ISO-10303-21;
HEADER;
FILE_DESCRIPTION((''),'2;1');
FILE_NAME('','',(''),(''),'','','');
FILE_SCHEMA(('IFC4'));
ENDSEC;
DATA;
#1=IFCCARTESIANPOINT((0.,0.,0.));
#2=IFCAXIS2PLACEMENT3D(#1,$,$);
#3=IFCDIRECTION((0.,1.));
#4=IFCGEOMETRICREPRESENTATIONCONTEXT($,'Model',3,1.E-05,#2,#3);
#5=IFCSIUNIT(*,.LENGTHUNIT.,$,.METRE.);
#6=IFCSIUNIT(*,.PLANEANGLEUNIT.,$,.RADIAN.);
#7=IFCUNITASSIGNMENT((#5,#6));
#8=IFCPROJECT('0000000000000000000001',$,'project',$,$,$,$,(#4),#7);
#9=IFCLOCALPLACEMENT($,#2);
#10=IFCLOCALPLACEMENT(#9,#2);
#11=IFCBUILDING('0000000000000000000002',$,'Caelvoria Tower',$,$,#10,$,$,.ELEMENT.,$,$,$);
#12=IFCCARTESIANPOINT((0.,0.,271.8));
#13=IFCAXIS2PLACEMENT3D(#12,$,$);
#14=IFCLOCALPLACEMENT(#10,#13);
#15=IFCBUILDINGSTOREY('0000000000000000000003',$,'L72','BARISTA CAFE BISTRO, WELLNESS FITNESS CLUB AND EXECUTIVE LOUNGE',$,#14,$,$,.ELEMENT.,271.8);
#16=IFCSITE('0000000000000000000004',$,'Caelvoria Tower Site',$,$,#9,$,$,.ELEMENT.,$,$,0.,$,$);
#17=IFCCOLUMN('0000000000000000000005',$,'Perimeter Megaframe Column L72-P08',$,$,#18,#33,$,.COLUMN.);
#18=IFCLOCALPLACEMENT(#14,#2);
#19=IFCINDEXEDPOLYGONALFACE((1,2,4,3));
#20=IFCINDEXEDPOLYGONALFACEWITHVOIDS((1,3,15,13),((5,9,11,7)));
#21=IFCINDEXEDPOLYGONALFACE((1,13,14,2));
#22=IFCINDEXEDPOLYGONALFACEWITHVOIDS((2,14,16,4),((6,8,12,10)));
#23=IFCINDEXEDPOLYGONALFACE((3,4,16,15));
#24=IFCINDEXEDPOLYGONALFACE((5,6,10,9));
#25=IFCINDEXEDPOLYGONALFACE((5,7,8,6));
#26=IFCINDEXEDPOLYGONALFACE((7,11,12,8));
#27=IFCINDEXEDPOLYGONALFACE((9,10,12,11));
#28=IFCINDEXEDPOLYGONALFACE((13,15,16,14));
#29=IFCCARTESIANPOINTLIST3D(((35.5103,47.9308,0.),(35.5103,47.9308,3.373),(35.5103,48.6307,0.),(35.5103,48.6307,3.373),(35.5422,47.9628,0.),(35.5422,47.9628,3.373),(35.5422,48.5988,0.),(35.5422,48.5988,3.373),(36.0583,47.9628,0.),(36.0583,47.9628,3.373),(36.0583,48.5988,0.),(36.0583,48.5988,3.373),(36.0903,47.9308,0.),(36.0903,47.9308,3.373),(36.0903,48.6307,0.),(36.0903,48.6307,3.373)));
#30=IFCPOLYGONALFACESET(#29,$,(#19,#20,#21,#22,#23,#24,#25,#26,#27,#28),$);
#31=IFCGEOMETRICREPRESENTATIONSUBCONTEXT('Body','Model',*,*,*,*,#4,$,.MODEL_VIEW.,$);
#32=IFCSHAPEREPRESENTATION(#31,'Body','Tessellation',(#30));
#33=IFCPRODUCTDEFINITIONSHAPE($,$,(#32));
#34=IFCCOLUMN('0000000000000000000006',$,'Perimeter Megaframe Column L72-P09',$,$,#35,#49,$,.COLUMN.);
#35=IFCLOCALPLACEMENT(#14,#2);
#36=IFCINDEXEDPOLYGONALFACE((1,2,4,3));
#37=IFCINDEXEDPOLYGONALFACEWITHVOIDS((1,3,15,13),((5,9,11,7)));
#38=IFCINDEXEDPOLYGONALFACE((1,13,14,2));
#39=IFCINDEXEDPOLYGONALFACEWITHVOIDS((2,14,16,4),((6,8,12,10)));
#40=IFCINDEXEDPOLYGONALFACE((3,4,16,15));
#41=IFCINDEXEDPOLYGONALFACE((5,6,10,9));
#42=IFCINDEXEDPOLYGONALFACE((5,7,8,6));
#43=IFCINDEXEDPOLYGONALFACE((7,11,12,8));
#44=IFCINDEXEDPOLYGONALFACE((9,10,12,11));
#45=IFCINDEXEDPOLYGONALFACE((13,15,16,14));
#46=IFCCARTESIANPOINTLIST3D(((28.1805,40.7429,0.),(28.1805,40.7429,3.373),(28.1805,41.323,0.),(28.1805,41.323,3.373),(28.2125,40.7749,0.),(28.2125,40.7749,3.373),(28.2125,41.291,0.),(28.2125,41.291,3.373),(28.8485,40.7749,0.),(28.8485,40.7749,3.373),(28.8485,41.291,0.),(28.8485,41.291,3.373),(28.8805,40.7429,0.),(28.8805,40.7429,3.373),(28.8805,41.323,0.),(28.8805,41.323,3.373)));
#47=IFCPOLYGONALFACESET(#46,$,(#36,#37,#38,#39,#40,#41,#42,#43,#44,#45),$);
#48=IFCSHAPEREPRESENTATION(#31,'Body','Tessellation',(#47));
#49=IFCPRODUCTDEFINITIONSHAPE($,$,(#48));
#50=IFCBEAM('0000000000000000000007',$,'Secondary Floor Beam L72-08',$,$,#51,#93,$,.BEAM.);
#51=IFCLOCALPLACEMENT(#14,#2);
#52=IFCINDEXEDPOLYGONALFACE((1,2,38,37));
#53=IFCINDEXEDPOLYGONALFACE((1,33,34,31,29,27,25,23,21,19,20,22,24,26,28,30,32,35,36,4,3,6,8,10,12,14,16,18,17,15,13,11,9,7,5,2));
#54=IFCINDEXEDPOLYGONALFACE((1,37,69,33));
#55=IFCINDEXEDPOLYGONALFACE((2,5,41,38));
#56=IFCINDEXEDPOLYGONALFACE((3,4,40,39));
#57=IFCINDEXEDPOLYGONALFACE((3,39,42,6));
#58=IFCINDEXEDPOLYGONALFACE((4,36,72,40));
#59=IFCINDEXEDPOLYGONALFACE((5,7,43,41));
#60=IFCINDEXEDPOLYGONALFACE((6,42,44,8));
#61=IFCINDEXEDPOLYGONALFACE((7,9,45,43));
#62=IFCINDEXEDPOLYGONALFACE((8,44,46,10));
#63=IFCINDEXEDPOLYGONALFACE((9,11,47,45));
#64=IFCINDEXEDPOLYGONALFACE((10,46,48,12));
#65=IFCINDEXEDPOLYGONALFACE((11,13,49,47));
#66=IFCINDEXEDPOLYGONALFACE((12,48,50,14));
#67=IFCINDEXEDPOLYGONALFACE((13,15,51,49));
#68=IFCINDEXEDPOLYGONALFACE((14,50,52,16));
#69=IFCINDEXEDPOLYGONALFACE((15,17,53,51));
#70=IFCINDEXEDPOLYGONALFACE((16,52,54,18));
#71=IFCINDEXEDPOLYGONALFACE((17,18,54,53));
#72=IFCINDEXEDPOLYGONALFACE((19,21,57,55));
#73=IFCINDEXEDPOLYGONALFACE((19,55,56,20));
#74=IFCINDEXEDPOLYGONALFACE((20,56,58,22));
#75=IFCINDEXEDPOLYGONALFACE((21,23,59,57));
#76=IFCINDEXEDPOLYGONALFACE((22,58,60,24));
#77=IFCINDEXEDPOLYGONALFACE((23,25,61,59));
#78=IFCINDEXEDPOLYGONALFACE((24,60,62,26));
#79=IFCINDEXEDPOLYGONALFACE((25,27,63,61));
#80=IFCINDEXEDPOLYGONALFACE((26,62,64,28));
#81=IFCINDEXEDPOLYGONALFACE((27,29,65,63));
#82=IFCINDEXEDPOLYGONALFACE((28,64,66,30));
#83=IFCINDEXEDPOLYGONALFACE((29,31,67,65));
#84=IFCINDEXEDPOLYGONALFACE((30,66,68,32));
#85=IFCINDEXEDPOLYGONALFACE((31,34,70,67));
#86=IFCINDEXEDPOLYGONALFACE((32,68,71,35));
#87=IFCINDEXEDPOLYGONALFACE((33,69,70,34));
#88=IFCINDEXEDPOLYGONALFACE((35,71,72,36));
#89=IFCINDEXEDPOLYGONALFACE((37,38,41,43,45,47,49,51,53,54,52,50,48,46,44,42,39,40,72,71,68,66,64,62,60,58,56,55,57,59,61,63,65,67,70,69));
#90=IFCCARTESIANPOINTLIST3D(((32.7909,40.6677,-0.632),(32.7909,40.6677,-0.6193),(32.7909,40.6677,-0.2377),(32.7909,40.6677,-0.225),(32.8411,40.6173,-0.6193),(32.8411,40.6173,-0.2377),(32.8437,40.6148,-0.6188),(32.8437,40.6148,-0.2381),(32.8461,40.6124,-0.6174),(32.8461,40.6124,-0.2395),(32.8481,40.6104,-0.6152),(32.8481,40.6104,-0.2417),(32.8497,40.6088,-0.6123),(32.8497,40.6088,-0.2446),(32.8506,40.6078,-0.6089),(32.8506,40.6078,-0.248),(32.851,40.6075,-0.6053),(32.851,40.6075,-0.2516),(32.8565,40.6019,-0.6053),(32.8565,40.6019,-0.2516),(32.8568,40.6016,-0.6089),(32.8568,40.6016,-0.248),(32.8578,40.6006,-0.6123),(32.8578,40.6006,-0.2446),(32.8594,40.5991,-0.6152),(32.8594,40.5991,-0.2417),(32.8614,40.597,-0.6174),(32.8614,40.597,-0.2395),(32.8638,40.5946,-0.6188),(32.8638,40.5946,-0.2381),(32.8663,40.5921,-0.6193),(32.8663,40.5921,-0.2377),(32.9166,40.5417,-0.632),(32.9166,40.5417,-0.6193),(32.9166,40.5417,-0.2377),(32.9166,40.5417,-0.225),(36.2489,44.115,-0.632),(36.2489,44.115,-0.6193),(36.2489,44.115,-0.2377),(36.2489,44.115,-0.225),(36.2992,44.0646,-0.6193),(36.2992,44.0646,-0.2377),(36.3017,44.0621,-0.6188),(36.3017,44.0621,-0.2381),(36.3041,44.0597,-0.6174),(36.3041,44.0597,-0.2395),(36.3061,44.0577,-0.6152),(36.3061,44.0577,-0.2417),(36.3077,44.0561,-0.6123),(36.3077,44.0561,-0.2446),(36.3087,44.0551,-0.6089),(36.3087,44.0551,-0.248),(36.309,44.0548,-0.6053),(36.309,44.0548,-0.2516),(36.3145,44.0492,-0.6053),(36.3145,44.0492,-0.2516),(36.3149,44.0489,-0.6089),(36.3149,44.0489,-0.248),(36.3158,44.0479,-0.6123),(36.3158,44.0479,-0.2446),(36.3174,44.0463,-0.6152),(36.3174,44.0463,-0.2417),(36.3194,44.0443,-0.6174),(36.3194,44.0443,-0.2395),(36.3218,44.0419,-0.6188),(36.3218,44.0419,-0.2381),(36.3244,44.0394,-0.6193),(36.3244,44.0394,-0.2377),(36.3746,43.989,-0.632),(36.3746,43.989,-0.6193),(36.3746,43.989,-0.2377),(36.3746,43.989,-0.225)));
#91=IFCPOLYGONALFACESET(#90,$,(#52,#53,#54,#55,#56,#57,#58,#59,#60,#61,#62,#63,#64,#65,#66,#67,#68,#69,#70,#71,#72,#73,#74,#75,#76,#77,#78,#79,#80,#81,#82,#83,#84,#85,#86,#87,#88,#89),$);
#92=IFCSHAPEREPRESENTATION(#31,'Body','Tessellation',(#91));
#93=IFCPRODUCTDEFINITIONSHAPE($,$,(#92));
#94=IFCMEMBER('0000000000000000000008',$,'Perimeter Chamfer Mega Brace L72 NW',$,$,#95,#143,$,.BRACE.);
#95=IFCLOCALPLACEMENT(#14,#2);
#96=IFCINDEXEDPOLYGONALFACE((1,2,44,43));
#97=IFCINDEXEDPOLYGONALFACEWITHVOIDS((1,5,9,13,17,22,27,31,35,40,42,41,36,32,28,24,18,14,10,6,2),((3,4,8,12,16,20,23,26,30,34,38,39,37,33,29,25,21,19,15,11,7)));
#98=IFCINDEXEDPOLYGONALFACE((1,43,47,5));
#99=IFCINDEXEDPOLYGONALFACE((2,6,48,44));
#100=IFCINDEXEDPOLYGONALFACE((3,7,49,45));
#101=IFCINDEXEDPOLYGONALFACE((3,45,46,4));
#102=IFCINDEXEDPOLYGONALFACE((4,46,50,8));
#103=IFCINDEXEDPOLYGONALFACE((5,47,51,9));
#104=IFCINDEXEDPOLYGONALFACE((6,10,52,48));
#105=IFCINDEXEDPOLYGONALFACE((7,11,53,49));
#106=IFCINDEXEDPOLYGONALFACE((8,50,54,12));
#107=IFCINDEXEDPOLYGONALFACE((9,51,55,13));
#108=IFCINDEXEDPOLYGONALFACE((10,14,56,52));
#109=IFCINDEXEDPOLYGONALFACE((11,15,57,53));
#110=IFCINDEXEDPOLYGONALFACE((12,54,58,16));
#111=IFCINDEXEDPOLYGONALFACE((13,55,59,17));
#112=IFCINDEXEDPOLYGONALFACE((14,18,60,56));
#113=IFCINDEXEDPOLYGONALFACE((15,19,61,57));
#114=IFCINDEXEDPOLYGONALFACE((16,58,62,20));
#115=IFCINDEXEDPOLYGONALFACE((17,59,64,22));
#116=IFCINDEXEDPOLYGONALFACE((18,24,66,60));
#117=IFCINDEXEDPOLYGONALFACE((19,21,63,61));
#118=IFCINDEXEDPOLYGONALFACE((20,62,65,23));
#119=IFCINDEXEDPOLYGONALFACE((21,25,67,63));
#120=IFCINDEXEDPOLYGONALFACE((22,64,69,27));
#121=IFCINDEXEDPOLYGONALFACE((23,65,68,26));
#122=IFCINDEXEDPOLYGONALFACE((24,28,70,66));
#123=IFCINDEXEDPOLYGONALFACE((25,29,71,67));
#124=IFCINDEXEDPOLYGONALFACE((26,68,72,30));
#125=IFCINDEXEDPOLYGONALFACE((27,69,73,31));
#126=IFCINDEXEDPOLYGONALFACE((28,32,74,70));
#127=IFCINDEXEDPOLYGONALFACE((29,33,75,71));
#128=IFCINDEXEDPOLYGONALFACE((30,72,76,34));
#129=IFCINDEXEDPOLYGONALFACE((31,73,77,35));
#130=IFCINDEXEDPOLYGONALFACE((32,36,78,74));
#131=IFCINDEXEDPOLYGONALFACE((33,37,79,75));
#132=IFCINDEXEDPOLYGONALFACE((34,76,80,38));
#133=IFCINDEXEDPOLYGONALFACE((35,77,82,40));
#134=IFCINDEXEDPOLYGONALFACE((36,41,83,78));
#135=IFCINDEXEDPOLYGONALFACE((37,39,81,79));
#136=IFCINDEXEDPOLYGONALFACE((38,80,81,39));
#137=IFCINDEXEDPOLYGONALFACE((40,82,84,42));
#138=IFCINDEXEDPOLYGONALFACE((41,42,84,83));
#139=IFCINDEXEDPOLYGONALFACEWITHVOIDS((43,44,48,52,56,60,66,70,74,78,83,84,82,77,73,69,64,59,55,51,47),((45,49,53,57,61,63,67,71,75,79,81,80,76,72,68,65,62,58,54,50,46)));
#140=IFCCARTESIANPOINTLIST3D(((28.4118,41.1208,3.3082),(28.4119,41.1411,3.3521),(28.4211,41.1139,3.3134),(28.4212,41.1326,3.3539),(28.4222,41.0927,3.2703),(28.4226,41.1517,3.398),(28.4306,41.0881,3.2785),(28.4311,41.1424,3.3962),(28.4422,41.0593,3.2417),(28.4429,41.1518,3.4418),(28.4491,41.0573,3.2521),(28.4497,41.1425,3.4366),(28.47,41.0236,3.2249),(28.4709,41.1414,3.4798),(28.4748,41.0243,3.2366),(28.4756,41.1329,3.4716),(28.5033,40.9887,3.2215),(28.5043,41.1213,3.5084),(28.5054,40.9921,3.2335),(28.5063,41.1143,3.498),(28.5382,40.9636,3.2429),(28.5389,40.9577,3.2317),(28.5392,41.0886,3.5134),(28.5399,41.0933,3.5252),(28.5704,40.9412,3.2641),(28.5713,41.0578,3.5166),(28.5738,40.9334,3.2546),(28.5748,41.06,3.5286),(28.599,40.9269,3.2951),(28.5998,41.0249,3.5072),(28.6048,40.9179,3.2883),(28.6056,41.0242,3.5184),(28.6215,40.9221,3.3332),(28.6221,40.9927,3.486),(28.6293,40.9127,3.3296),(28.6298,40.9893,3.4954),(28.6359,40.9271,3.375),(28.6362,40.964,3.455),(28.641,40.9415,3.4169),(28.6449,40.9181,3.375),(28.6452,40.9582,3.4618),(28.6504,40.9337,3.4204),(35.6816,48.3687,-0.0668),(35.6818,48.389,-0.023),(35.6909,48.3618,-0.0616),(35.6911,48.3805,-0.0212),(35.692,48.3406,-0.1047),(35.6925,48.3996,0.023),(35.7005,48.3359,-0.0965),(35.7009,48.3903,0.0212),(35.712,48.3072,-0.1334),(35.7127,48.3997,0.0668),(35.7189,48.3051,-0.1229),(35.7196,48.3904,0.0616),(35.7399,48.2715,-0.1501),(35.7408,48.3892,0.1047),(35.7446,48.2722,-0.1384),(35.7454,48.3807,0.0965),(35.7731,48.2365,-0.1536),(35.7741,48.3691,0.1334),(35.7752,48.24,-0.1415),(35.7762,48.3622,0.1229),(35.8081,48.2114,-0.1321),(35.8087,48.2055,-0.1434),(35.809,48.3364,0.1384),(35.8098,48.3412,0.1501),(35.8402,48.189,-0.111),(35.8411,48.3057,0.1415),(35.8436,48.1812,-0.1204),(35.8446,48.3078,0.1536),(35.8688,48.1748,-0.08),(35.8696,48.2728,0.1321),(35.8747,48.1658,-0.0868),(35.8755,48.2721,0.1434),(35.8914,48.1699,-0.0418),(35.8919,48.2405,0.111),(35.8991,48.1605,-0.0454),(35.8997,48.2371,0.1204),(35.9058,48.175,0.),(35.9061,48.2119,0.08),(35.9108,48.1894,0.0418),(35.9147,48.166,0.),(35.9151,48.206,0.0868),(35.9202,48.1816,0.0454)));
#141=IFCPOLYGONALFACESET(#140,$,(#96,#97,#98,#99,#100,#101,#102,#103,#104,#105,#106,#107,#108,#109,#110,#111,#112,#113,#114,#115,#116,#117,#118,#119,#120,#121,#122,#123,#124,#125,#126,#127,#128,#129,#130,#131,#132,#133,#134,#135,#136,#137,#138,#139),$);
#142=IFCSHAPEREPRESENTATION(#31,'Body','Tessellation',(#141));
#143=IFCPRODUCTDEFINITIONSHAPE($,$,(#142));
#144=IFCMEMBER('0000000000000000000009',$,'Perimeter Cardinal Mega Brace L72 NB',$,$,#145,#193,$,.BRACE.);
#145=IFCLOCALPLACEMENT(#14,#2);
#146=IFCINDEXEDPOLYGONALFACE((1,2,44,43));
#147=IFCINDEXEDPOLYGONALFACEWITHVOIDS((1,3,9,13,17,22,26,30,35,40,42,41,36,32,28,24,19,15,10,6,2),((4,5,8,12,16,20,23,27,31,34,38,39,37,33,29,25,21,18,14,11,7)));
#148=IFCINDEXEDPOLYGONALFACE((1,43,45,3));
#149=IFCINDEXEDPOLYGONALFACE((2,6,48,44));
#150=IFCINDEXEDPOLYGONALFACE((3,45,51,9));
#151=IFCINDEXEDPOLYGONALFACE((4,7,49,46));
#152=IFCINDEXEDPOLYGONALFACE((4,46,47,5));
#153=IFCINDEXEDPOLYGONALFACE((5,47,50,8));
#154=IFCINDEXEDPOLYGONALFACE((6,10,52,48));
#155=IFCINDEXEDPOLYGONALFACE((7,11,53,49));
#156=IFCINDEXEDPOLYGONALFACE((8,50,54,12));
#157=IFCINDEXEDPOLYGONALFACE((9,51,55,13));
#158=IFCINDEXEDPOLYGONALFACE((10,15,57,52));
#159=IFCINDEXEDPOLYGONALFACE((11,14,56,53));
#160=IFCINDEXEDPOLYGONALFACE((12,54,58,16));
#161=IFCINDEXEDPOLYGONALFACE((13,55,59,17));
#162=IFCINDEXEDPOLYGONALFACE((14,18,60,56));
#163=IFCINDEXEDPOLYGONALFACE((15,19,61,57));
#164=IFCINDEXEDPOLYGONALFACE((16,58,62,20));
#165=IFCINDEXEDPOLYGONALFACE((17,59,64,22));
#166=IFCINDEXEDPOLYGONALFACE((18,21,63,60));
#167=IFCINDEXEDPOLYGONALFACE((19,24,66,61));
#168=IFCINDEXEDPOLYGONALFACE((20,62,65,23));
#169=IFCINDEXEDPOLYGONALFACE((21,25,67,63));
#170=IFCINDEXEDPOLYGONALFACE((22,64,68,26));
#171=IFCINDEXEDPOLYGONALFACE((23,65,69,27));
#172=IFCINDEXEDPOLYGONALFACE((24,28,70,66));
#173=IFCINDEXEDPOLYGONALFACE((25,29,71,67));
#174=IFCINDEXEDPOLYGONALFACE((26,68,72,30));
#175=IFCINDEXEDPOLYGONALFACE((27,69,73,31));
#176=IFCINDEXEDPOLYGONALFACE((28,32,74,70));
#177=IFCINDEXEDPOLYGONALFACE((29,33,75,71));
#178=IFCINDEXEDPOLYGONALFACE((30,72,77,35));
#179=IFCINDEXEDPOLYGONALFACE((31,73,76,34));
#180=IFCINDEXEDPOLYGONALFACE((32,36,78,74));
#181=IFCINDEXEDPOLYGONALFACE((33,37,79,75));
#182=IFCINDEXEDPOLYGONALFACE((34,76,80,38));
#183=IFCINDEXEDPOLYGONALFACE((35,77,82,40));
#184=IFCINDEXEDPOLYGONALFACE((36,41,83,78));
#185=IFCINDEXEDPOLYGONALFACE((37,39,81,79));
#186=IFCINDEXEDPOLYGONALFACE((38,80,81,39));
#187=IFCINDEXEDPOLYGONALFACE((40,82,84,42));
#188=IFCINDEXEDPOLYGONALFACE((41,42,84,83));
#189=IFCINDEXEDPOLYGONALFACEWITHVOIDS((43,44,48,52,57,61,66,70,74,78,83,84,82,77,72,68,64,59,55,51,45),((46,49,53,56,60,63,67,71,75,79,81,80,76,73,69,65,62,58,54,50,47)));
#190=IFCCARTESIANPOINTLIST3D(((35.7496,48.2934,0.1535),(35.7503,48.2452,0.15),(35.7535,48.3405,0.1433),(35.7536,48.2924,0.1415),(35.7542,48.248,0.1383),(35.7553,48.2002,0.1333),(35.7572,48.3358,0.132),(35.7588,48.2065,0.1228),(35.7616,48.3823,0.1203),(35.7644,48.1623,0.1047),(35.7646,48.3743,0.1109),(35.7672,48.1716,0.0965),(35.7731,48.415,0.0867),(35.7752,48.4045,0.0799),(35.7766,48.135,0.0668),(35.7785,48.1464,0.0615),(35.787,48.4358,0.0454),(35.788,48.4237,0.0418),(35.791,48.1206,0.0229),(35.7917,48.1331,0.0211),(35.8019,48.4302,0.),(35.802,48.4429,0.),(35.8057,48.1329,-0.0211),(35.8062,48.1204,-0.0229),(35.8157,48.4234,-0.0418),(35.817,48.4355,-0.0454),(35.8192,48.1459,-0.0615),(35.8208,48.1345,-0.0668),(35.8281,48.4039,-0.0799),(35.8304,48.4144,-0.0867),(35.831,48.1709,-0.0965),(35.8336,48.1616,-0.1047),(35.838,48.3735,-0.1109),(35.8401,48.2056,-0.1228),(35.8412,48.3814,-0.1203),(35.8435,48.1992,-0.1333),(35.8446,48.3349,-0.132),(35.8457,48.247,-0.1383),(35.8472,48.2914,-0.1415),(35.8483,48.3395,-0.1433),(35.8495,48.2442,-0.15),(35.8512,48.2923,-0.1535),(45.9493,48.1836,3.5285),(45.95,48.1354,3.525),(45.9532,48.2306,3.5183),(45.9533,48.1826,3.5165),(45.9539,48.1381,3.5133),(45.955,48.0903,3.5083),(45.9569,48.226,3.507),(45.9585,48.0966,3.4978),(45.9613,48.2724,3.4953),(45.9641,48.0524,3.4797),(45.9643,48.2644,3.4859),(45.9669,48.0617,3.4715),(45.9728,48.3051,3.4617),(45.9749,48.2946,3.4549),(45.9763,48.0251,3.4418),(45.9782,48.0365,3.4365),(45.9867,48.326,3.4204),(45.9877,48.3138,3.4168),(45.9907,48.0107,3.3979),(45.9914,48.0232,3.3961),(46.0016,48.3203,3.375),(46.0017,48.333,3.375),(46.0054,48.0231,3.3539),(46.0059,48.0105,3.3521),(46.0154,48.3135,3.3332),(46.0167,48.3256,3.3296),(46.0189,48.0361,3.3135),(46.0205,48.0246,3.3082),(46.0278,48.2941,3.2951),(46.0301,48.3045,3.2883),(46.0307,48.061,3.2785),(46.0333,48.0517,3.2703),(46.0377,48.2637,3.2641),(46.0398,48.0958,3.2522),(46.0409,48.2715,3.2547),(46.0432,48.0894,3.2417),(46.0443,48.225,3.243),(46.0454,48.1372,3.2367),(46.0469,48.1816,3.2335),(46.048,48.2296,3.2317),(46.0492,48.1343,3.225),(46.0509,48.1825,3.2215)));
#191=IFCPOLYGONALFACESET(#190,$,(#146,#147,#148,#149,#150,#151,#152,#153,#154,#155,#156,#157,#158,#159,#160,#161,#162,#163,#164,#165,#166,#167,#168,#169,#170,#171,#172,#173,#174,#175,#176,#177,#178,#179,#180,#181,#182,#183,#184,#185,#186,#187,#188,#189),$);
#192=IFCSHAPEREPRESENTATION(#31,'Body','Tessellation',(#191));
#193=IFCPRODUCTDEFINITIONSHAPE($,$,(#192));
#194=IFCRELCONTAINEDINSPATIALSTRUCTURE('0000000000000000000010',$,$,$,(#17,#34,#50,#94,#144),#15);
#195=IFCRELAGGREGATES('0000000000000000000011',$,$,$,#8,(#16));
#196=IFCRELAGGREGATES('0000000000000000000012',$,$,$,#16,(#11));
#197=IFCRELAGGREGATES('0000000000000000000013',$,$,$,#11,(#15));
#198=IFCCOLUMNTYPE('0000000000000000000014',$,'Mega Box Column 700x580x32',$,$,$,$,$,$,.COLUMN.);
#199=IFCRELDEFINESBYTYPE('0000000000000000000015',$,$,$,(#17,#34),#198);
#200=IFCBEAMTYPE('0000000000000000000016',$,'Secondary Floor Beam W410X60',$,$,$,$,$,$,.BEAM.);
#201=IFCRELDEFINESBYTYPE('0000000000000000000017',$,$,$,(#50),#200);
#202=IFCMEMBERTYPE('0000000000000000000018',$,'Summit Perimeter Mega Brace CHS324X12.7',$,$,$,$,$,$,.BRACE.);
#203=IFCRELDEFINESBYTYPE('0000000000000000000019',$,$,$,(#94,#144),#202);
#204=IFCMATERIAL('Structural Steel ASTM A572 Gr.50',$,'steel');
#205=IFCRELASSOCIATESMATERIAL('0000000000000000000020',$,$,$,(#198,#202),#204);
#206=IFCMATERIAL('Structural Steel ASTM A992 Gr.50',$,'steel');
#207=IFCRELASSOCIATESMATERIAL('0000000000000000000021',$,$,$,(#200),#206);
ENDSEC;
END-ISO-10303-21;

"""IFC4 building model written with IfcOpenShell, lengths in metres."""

from ifc_helpers import new_model, si_unit, direction, frame, origin, origin_2d, place, context, subcontext, project, spatial, hollow_rectangle, hollow_circle, i_section, extrude, material, material_profile, profile_set, type_object, element, save


model = new_model("IFC4")

# Units and contexts
model_context = context("Model", 3, precision=1e-05, world=origin(), true_north=direction((0.0, 1.0)))
body_context = subcontext(model_context, "Body", "Model", "MODEL_VIEW")
ifc_project = project(units=[si_unit("LENGTHUNIT", "METRE"), si_unit("PLANEANGLEUNIT", "RADIAN")], contexts=[model_context])

# Site, building, storey
site_placement = place(None, origin())
site = spatial("IfcSite", under=ifc_project, at=site_placement, Name="Caelvoria Tower Site", CompositionType="ELEMENT", RefElevation=0.0)
building_placement = place(site_placement, origin())
building = spatial("IfcBuilding", under=site, at=building_placement, Name="Caelvoria Tower", CompositionType="ELEMENT")
storey_placement = place(building_placement, frame((0.0, 0.0, 271.8)))
storey = spatial("IfcBuildingStorey", under=building, at=storey_placement, Name="L72", Description="BARISTA CAFE BISTRO, WELLNESS FITNESS CLUB AND EXECUTIVE LOUNGE", CompositionType="ELEMENT", Elevation=271.8)

# Columns
ifc_material_1 = material(Name="Structural Steel ASTM A572 Gr.50", Category="steel")
ifc_material_profile_1 = material_profile(ifc_material_1, hollow_rectangle(XDim=0.5801, YDim=0.7, WallThickness=0.032, at=origin_2d()), Name="Structural Steel ASTM A572 Gr.50")
ifc_profile_set_1 = profile_set([ifc_material_profile_1], Name="BOX700X580X32 - Structural Steel ASTM A572 Gr.50")
column_type = type_object("IfcColumnType", Name="Mega Box Column 700x580x32", PredefinedType="COLUMN", material=ifc_profile_set_1)
for number, where, z_axis, x_axis, name in (
    (1, (35.8003, 48.2808, 0.0), (0.0, 0.0, 1.0), (1.0, 0.0, 0.0), "Perimeter Megaframe Column L72-P08"),
    (2, (28.5305, 41.033, 0.0), (0.0, 0.0, 1.0), (0.0, 1.0, 0.0), "Perimeter Megaframe Column L72-P09"),
):
    element("IfcColumn", number, at=place(storey_placement, frame(where, z_axis=z_axis, x_axis=x_axis)), inside=storey, type_object=column_type, Name=name, PredefinedType="COLUMN", context=body_context, shape_type="SweptSolid", body=[
        extrude(hollow_rectangle(XDim=0.5801, YDim=0.7, WallThickness=0.032, at=origin_2d()), origin(), (0.0, 0.0, 1.0), 3.373),
    ])

# Beam
ifc_material_2 = material(Name="Structural Steel ASTM A992 Gr.50", Category="steel")
ifc_material_profile_2 = material_profile(ifc_material_2, i_section(OverallWidth=0.178, OverallDepth=0.407, WebThickness=0.0078, FlangeThickness=0.0127, FilletRadius=0.0139, at=origin_2d()), Name="Structural Steel ASTM A992 Gr.50")
ifc_profile_set_2 = profile_set([ifc_material_profile_2], Name="W410X60 - Structural Steel ASTM A992 Gr.50")
beam_type_1 = type_object("IfcBeamType", Name="Secondary Floor Beam W410X60", PredefinedType="BEAM", material=ifc_profile_set_2)
beam_1_placement = place(storey_placement, frame((36.3118, 44.052, -0.4285), z_axis=(-0.708206, -0.706006, 0.0), x_axis=(0.706006, -0.708206, 0.0)))
element("IfcBeam", 3, at=beam_1_placement, inside=storey, type_object=beam_type_1, Name="Secondary Floor Beam L72-08", PredefinedType="BEAM", context=body_context, shape_type="SweptSolid", body=[
    extrude(i_section(OverallWidth=0.178, OverallDepth=0.407, WebThickness=0.0078, FlangeThickness=0.0127, FilletRadius=0.0139, at=origin_2d()), origin(), (0.0, 0.0, 1.0), 4.8828),
])

# Members
ifc_material_profile_3 = material_profile(ifc_material_1, hollow_circle(Radius=0.1621, WallThickness=0.0127, at=origin_2d()), Name="Structural Steel ASTM A572 Gr.50")
ifc_profile_set_3 = profile_set([ifc_material_profile_3], Name="CHS324X12.7 - Structural Steel ASTM A572 Gr.50")
member_type = type_object("IfcMemberType", Name="Summit Perimeter Mega Brace CHS324X12.7", PredefinedType="BRACE", material=ifc_profile_set_3)
member_1_placement = place(storey_placement, frame((35.8003, 48.2808, 0.0), z_axis=(-0.67275, -0.670717, 0.312325), x_axis=(0.706036, -0.708176, 0.0)))
element("IfcMember", 4, at=member_1_placement, inside=storey, type_object=member_type, Name="Perimeter Chamfer Mega Brace L72 NW", PredefinedType="BRACE", context=body_context, shape_type="SweptSolid", body=[
    extrude(hollow_circle(Radius=0.1621, WallThickness=0.0127, at=origin_2d()), origin(), (0.0, 0.0, 1.0), 10.8062),
])
member_2_placement = place(storey_placement, frame((35.8003, 48.2808, 0.0), z_axis=(0.949327, -0.010225, 0.314124), x_axis=(0.010771, 0.999942, 0.0)))
element("IfcMember", 5, at=member_2_placement, inside=storey, type_object=member_type, Name="Perimeter Cardinal Mega Brace L72 NB", PredefinedType="BRACE", context=body_context, shape_type="SweptSolid", body=[
    extrude(hollow_circle(Radius=0.1621, WallThickness=0.0127, at=origin_2d()), origin(), (0.0, 0.0, 1.0), 10.7441),
])

save(model, "model.ifc")
